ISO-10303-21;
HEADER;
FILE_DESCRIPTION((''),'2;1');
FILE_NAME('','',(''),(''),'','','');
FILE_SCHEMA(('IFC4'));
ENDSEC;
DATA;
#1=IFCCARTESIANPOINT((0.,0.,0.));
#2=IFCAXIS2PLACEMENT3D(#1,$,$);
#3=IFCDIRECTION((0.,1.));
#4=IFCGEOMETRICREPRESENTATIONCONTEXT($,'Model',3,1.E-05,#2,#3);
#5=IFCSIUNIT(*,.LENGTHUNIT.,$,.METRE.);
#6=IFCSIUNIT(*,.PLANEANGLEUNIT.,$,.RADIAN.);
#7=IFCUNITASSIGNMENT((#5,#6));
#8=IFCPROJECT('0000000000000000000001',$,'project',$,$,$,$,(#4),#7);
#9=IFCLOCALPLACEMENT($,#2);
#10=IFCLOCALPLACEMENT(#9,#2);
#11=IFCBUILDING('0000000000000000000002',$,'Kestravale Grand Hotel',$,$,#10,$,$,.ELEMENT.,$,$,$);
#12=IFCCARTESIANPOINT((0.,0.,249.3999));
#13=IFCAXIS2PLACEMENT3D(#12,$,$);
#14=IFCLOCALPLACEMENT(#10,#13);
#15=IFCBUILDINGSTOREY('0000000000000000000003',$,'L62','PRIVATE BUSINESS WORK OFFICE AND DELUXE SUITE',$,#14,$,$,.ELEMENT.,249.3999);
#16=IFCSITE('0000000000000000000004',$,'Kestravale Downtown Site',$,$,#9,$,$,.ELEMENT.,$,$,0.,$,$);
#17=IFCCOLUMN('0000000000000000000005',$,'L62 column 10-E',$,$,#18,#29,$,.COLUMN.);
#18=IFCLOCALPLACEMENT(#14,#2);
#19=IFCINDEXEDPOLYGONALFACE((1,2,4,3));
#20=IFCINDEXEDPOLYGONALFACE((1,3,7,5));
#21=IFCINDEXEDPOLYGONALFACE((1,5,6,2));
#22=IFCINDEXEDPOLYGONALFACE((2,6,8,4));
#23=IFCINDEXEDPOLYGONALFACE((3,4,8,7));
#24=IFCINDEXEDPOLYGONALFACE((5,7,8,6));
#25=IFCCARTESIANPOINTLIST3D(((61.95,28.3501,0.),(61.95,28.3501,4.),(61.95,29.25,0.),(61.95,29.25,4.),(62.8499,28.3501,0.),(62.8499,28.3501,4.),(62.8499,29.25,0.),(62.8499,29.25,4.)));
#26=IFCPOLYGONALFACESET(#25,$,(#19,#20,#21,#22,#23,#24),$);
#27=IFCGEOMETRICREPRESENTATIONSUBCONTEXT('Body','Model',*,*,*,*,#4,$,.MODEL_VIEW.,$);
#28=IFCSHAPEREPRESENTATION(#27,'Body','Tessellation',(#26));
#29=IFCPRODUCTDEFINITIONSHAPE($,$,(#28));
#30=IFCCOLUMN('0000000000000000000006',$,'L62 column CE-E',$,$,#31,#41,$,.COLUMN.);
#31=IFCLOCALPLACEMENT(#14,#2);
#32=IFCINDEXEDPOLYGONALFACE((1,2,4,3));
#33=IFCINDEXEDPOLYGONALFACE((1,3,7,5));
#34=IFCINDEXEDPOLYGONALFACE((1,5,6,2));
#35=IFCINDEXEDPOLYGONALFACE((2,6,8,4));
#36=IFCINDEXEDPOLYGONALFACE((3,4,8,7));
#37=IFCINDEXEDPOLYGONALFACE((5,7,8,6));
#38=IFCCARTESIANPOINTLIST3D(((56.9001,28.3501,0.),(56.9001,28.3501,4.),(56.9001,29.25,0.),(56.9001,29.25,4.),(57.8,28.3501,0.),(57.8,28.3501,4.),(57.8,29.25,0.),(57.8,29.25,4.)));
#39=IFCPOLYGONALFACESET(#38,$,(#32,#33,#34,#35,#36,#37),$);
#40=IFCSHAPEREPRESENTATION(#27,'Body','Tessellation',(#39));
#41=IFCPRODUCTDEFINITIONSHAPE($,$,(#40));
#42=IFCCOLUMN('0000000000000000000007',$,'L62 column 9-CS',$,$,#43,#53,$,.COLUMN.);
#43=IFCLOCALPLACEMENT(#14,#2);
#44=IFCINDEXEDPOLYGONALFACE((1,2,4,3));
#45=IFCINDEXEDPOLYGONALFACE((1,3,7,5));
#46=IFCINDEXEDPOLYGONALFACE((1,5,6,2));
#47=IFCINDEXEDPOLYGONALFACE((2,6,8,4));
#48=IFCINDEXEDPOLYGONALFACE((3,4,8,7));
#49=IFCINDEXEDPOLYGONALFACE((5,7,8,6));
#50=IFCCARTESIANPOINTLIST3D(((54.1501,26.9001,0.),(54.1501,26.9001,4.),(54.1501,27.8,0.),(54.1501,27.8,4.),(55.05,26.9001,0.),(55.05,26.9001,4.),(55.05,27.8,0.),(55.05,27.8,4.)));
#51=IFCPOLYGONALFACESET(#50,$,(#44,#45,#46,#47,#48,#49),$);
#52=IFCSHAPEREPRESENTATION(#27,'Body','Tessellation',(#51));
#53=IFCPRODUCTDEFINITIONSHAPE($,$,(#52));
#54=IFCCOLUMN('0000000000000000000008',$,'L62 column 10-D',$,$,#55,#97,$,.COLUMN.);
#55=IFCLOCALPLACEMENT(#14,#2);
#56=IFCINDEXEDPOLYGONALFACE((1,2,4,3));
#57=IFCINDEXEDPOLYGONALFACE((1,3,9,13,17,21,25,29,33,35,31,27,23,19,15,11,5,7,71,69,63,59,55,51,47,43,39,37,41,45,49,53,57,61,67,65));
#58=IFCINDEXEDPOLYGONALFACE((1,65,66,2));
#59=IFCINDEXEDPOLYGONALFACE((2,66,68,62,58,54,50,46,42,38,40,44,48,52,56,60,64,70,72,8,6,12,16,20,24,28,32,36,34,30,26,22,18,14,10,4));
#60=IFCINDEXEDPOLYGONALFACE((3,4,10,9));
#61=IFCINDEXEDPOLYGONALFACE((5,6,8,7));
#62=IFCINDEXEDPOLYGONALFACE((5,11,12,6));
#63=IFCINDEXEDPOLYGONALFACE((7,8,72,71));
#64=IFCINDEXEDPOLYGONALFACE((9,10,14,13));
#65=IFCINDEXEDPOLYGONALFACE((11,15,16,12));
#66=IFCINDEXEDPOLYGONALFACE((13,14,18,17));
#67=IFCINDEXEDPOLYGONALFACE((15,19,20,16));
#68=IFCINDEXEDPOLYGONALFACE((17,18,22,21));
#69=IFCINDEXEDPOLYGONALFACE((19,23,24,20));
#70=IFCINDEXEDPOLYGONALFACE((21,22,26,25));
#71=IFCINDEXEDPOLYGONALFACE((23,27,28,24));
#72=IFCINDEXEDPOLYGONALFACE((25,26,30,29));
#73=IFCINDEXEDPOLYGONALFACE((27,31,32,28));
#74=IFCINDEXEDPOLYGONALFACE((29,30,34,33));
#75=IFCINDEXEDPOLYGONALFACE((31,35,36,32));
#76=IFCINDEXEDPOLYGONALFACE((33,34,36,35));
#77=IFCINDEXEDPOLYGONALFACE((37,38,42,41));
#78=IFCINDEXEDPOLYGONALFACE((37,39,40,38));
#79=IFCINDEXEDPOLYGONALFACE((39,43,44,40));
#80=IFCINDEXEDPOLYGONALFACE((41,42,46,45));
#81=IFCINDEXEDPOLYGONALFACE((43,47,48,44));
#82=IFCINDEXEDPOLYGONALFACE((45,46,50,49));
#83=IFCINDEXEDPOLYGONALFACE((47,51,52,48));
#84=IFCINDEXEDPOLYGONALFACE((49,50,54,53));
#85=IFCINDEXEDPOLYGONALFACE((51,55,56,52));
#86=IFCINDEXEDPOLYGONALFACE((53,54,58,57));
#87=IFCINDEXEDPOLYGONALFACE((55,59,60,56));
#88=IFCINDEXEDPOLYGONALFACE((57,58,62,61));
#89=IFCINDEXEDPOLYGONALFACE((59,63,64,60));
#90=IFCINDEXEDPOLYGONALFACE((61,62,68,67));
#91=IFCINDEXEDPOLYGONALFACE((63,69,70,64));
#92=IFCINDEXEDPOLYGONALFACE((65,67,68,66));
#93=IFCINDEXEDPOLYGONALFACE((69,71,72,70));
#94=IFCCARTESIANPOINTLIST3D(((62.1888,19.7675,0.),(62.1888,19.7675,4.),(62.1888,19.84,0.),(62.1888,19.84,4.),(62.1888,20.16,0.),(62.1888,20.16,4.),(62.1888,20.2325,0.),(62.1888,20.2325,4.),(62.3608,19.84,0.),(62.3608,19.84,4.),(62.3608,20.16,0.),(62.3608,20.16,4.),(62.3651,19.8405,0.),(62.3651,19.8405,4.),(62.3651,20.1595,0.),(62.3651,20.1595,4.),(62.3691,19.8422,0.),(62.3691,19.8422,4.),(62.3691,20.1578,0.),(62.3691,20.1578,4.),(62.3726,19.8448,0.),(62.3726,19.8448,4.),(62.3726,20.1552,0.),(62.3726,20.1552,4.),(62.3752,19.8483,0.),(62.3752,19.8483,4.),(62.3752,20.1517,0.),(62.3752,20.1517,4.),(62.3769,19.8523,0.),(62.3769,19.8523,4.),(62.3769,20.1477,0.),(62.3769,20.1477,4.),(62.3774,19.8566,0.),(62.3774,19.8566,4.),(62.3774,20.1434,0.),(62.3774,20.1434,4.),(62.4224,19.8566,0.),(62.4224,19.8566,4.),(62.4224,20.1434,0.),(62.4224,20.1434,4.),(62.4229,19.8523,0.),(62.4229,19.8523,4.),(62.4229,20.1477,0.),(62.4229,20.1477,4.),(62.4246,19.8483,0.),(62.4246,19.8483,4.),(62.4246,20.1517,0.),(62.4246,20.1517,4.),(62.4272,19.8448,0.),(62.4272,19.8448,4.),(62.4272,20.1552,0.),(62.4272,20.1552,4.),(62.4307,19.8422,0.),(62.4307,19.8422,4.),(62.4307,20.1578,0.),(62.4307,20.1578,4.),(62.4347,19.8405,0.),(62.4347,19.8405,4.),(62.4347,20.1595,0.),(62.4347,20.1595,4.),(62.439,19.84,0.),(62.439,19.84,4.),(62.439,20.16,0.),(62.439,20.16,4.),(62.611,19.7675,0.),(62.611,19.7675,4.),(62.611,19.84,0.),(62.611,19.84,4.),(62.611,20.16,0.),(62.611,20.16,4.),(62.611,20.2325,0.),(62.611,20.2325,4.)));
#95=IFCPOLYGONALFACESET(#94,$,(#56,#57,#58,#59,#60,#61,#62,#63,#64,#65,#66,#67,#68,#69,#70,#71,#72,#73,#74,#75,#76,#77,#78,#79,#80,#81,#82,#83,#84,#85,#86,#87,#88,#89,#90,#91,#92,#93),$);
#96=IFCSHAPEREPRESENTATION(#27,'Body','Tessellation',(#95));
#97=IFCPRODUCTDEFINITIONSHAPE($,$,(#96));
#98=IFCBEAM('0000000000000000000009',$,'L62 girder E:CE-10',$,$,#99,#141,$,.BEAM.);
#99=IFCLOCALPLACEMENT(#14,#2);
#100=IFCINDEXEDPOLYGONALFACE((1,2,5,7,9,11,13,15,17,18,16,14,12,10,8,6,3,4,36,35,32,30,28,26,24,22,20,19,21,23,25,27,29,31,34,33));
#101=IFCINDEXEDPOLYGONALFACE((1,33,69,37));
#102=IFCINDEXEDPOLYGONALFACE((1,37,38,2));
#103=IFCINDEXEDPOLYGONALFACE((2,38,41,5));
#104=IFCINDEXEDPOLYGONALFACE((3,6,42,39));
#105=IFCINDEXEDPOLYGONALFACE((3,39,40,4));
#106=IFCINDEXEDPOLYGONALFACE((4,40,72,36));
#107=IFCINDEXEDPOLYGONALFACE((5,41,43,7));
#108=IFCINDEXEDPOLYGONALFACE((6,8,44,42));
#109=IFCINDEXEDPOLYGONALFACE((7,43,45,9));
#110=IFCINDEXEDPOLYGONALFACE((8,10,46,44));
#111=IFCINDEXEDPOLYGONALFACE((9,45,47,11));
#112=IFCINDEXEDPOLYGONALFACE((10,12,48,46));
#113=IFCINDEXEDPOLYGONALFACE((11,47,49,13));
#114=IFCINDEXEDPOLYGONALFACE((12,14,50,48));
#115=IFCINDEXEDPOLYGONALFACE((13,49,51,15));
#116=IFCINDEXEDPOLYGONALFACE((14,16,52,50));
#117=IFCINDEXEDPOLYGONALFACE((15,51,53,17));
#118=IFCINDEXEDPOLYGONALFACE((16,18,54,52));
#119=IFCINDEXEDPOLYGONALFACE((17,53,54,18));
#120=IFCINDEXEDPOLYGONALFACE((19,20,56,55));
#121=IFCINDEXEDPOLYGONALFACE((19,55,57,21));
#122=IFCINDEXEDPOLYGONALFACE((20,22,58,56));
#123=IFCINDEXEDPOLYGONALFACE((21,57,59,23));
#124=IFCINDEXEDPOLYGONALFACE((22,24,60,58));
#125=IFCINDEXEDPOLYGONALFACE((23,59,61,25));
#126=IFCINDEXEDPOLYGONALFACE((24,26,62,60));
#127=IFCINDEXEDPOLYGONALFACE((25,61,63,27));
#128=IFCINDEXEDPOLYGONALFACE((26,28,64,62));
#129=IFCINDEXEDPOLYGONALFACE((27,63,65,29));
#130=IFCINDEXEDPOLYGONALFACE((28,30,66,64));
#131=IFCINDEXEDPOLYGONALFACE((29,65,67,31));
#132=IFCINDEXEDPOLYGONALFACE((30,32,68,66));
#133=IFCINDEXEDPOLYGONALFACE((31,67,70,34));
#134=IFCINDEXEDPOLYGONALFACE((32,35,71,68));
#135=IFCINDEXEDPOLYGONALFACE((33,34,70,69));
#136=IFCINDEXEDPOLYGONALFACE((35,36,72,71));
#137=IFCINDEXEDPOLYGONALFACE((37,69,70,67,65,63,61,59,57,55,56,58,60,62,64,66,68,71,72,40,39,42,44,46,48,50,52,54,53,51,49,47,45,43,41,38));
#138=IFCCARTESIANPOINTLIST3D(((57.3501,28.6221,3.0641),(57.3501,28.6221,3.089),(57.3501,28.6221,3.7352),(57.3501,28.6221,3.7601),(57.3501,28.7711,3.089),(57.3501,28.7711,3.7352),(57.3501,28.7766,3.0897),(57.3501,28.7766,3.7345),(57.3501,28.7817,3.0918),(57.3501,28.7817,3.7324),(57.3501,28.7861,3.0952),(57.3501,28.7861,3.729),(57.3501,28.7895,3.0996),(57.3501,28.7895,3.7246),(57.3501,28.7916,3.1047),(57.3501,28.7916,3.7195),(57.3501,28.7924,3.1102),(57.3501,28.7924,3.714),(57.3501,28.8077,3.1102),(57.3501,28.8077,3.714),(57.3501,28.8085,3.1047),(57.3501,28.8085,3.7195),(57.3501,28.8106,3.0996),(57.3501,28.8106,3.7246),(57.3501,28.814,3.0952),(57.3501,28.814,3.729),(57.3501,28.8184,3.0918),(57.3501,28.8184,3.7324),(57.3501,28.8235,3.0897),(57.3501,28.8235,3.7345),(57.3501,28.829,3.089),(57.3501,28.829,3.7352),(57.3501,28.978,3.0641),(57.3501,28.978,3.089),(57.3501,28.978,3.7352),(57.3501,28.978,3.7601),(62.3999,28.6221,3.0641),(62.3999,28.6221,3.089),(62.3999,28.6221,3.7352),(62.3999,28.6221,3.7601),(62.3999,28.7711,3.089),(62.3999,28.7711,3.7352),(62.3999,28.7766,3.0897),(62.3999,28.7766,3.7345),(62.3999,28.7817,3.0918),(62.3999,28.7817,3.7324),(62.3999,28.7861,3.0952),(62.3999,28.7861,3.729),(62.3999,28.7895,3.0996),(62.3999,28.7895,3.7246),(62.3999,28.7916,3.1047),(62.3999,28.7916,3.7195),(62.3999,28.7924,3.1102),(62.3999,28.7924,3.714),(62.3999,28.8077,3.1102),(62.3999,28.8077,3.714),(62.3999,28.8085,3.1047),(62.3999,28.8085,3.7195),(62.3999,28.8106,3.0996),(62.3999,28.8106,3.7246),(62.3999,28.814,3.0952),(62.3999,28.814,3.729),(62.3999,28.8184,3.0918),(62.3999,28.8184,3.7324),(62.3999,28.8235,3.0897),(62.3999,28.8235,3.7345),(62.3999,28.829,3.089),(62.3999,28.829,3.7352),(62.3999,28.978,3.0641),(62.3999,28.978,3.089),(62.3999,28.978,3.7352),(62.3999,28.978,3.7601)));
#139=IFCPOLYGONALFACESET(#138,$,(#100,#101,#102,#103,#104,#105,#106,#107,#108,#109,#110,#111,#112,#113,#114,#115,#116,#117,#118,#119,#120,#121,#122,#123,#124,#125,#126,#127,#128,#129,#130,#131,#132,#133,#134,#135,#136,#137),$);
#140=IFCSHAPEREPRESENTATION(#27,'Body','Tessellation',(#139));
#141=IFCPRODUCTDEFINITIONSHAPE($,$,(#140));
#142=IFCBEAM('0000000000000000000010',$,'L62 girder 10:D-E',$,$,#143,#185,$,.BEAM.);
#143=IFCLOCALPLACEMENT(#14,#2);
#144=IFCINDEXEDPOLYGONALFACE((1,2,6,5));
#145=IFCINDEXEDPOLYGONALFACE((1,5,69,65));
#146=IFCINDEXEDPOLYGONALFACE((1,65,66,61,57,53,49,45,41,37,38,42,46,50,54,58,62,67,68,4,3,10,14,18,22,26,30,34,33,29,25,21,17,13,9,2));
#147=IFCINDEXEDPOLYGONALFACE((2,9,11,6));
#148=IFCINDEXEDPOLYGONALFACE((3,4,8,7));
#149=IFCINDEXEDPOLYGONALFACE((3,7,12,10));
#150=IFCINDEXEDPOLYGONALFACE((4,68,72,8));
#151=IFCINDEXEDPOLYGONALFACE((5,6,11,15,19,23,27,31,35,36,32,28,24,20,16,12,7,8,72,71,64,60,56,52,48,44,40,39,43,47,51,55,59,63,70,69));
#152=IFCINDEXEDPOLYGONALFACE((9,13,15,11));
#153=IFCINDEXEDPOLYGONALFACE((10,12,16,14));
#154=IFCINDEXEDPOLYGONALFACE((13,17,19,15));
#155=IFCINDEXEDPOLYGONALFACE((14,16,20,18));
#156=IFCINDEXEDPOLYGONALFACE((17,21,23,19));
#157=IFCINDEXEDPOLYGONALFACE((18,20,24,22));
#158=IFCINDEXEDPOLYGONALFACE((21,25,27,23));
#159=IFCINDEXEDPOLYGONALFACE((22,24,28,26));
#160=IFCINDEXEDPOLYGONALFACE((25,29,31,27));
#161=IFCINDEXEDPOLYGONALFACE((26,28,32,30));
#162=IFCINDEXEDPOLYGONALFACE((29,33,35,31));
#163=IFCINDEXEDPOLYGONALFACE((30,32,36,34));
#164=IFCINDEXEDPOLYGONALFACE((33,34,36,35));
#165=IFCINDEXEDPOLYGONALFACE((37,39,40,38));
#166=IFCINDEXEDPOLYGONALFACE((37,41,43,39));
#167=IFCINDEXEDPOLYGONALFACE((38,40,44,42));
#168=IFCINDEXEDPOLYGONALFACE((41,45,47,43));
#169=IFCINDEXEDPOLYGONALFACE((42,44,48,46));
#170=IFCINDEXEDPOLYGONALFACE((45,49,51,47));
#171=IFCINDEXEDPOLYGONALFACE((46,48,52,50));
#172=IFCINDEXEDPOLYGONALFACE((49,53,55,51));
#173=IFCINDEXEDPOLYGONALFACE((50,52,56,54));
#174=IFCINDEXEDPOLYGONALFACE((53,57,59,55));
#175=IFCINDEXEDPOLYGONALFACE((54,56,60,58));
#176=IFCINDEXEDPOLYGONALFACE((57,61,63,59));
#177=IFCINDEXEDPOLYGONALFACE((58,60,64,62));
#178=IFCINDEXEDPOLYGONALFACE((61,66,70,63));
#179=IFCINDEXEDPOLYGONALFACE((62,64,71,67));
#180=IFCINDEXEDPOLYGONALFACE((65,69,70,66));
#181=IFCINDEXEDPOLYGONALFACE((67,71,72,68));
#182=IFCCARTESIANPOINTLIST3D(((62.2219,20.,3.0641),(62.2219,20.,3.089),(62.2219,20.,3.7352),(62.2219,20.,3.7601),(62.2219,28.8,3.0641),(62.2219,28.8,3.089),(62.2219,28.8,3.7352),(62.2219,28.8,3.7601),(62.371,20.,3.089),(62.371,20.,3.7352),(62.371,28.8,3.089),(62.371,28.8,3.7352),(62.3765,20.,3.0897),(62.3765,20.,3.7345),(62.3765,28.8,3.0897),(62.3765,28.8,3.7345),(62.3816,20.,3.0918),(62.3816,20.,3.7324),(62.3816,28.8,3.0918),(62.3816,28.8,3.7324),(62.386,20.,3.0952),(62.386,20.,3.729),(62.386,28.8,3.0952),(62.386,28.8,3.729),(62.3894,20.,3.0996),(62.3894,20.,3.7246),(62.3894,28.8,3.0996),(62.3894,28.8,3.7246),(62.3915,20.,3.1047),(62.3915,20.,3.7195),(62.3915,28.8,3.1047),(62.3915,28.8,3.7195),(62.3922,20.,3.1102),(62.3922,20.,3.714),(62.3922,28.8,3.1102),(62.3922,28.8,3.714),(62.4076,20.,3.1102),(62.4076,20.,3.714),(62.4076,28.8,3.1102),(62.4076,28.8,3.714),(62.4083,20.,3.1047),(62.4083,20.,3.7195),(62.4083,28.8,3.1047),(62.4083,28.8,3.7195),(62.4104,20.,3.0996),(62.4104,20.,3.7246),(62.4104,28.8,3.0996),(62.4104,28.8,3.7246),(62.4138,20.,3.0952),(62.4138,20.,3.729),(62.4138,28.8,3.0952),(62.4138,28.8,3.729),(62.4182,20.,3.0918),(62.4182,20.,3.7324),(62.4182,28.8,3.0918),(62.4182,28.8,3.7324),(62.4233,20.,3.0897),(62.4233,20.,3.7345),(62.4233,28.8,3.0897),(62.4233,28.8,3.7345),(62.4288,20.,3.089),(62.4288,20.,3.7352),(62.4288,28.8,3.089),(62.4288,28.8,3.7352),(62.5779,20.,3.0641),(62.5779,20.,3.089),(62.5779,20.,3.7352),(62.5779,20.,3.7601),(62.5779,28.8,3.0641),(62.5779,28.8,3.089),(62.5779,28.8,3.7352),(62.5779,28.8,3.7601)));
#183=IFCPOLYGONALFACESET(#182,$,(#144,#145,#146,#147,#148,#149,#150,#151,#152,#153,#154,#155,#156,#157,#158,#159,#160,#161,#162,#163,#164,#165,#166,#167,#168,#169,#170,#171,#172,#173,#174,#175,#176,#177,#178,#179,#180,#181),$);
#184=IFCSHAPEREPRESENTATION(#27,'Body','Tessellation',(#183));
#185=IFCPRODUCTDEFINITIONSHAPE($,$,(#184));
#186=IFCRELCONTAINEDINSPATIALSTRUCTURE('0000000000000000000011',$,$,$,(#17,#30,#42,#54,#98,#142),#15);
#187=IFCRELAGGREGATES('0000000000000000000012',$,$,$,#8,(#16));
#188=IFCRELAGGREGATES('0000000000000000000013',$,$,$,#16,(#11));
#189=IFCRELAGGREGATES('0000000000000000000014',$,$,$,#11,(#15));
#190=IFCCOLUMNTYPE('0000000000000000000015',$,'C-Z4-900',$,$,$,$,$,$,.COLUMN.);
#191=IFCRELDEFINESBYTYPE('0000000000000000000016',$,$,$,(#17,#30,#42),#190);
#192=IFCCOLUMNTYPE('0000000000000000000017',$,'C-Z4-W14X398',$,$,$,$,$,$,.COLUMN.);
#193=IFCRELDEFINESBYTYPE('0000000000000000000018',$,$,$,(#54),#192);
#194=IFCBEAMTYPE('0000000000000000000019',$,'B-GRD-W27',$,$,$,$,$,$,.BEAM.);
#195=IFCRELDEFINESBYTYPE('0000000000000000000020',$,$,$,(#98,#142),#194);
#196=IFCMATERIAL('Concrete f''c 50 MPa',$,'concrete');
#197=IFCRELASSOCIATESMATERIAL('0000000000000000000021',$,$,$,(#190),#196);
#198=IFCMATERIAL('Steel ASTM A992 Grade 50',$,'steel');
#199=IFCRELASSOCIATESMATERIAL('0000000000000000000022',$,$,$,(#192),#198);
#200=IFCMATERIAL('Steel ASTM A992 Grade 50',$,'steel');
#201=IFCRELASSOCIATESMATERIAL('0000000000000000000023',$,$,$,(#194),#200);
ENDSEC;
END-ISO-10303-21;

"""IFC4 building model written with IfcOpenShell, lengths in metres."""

from ifc_helpers import new_model, si_unit, direction, frame, origin, origin_2d, place, context, subcontext, project, spatial, rectangle, i_section, extrude, material, material_profile, profile_set, type_object, element, save


model = new_model("IFC4")

# Units and contexts
model_context = context("Model", 3, precision=1e-05, world=origin(), true_north=direction((0.0, 1.0)))
body_context = subcontext(model_context, "Body", "Model", "MODEL_VIEW")
ifc_project = project(units=[si_unit("LENGTHUNIT", "METRE"), si_unit("PLANEANGLEUNIT", "RADIAN")], contexts=[model_context])

# Site, building, storey
site_placement = place(None, origin())
site = spatial("IfcSite", under=ifc_project, at=site_placement, Name="Kestravale Downtown Site", CompositionType="ELEMENT", RefElevation=0.0)
building_placement = place(site_placement, origin())
building = spatial("IfcBuilding", under=site, at=building_placement, Name="Kestravale Grand Hotel", CompositionType="ELEMENT")
storey_placement = place(building_placement, frame((0.0, 0.0, 249.3999)))
storey = spatial("IfcBuildingStorey", under=building, at=storey_placement, Name="L62", Description="PRIVATE BUSINESS WORK OFFICE AND DELUXE SUITE", CompositionType="ELEMENT", Elevation=249.3999)

# Columns
ifc_material_1 = material(Name="Concrete f'c 50 MPa", Category="concrete")
ifc_material_profile_1 = material_profile(ifc_material_1, rectangle(XDim=0.8999, YDim=0.8999, at=origin_2d()))
ifc_profile_set_1 = profile_set([ifc_material_profile_1], Name="Concrete f'c 50 MPa")
column_type_1 = type_object("IfcColumnType", Name="C-Z4-900", PredefinedType="COLUMN", material=ifc_profile_set_1)
for number, where, z_axis, x_axis, name in (
    (1, (62.3999, 28.8, 0.0), (0.0, 0.0, 1.0), (1.0, 0.0, 0.0), "L62 column 10-E"),
    (2, (57.3501, 28.8, 0.0), (0.0, 0.0, 1.0), (1.0, 0.0, 0.0), "L62 column CE-E"),
    (3, (54.6001, 27.3501, 0.0), (0.0, 0.0, 1.0), (1.0, 0.0, 0.0), "L62 column 9-CS"),
):
    element("IfcColumn", number, at=place(storey_placement, frame(where, z_axis=z_axis, x_axis=x_axis)), inside=storey, type_object=column_type_1, Name=name, PredefinedType="COLUMN", context=body_context, shape_type="SweptSolid", body=[
        extrude(rectangle(XDim=0.8999, YDim=0.8999, at=origin_2d()), origin(), (0.0, 0.0, 1.0), 4.0),
    ])
ifc_material_2 = material(Name="Steel ASTM A992 Grade 50", Category="steel")
ifc_material_profile_2 = material_profile(ifc_material_2, i_section(OverallWidth=0.4221, OverallDepth=0.4651, WebThickness=0.0449, FlangeThickness=0.0725, FilletRadius=0.0166, at=origin_2d()))
ifc_profile_set_2 = profile_set([ifc_material_profile_2], Name="Steel ASTM A992 Grade 50")
column_type_2 = type_object("IfcColumnType", Name="C-Z4-W14X398", PredefinedType="COLUMN", material=ifc_profile_set_2)
column_placement = place(storey_placement, frame((62.3999, 20.0, 0.0), z_axis=(0.0, 0.0, 1.0), x_axis=(1.0, 0.0, 0.0)))
element("IfcColumn", 4, at=column_placement, inside=storey, type_object=column_type_2, Name="L62 column 10-D", PredefinedType="COLUMN", context=body_context, shape_type="SweptSolid", body=[
    extrude(i_section(OverallWidth=0.4221, OverallDepth=0.4651, WebThickness=0.0449, FlangeThickness=0.0725, FilletRadius=0.0166, at=origin_2d()), origin(), (0.0, 0.0, 1.0), 4.0),
])

# Beams
ifc_material_3 = material(Name="Steel ASTM A992 Grade 50", Category="steel")
ifc_material_profile_3 = material_profile(ifc_material_3, i_section(OverallWidth=0.356, OverallDepth=0.696, WebThickness=0.0154, FlangeThickness=0.0249, FilletRadius=0.0212, at=origin_2d()))
ifc_profile_set_3 = profile_set([ifc_material_profile_3], Name="Steel ASTM A992 Grade 50")
beam_type = type_object("IfcBeamType", Name="B-GRD-W27", PredefinedType="BEAM", material=ifc_profile_set_3)
beam_1_placement = place(storey_placement, frame((57.3501, 28.8, 3.4121), z_axis=(1.0, 0.0, 0.0), x_axis=(0.0, 1.0, 0.0)))
element("IfcBeam", 5, at=beam_1_placement, inside=storey, type_object=beam_type, Name="L62 girder E:CE-10", PredefinedType="BEAM", context=body_context, shape_type="SweptSolid", body=[
    extrude(i_section(OverallWidth=0.356, OverallDepth=0.696, WebThickness=0.0154, FlangeThickness=0.0249, FilletRadius=0.0212, at=origin_2d()), origin(), (0.0, 0.0, 1.0), 5.0498),
])
beam_2_placement = place(storey_placement, frame((62.3999, 20.0, 3.4121), z_axis=(0.0, 1.0, 0.0), x_axis=(-1.0, 0.0, 0.0)))
element("IfcBeam", 6, at=beam_2_placement, inside=storey, type_object=beam_type, Name="L62 girder 10:D-E", PredefinedType="BEAM", context=body_context, shape_type="SweptSolid", body=[
    extrude(i_section(OverallWidth=0.356, OverallDepth=0.696, WebThickness=0.0154, FlangeThickness=0.0249, FilletRadius=0.0212, at=origin_2d()), origin(), (0.0, 0.0, 1.0), 8.8),
])

save(model, "model.ifc")
